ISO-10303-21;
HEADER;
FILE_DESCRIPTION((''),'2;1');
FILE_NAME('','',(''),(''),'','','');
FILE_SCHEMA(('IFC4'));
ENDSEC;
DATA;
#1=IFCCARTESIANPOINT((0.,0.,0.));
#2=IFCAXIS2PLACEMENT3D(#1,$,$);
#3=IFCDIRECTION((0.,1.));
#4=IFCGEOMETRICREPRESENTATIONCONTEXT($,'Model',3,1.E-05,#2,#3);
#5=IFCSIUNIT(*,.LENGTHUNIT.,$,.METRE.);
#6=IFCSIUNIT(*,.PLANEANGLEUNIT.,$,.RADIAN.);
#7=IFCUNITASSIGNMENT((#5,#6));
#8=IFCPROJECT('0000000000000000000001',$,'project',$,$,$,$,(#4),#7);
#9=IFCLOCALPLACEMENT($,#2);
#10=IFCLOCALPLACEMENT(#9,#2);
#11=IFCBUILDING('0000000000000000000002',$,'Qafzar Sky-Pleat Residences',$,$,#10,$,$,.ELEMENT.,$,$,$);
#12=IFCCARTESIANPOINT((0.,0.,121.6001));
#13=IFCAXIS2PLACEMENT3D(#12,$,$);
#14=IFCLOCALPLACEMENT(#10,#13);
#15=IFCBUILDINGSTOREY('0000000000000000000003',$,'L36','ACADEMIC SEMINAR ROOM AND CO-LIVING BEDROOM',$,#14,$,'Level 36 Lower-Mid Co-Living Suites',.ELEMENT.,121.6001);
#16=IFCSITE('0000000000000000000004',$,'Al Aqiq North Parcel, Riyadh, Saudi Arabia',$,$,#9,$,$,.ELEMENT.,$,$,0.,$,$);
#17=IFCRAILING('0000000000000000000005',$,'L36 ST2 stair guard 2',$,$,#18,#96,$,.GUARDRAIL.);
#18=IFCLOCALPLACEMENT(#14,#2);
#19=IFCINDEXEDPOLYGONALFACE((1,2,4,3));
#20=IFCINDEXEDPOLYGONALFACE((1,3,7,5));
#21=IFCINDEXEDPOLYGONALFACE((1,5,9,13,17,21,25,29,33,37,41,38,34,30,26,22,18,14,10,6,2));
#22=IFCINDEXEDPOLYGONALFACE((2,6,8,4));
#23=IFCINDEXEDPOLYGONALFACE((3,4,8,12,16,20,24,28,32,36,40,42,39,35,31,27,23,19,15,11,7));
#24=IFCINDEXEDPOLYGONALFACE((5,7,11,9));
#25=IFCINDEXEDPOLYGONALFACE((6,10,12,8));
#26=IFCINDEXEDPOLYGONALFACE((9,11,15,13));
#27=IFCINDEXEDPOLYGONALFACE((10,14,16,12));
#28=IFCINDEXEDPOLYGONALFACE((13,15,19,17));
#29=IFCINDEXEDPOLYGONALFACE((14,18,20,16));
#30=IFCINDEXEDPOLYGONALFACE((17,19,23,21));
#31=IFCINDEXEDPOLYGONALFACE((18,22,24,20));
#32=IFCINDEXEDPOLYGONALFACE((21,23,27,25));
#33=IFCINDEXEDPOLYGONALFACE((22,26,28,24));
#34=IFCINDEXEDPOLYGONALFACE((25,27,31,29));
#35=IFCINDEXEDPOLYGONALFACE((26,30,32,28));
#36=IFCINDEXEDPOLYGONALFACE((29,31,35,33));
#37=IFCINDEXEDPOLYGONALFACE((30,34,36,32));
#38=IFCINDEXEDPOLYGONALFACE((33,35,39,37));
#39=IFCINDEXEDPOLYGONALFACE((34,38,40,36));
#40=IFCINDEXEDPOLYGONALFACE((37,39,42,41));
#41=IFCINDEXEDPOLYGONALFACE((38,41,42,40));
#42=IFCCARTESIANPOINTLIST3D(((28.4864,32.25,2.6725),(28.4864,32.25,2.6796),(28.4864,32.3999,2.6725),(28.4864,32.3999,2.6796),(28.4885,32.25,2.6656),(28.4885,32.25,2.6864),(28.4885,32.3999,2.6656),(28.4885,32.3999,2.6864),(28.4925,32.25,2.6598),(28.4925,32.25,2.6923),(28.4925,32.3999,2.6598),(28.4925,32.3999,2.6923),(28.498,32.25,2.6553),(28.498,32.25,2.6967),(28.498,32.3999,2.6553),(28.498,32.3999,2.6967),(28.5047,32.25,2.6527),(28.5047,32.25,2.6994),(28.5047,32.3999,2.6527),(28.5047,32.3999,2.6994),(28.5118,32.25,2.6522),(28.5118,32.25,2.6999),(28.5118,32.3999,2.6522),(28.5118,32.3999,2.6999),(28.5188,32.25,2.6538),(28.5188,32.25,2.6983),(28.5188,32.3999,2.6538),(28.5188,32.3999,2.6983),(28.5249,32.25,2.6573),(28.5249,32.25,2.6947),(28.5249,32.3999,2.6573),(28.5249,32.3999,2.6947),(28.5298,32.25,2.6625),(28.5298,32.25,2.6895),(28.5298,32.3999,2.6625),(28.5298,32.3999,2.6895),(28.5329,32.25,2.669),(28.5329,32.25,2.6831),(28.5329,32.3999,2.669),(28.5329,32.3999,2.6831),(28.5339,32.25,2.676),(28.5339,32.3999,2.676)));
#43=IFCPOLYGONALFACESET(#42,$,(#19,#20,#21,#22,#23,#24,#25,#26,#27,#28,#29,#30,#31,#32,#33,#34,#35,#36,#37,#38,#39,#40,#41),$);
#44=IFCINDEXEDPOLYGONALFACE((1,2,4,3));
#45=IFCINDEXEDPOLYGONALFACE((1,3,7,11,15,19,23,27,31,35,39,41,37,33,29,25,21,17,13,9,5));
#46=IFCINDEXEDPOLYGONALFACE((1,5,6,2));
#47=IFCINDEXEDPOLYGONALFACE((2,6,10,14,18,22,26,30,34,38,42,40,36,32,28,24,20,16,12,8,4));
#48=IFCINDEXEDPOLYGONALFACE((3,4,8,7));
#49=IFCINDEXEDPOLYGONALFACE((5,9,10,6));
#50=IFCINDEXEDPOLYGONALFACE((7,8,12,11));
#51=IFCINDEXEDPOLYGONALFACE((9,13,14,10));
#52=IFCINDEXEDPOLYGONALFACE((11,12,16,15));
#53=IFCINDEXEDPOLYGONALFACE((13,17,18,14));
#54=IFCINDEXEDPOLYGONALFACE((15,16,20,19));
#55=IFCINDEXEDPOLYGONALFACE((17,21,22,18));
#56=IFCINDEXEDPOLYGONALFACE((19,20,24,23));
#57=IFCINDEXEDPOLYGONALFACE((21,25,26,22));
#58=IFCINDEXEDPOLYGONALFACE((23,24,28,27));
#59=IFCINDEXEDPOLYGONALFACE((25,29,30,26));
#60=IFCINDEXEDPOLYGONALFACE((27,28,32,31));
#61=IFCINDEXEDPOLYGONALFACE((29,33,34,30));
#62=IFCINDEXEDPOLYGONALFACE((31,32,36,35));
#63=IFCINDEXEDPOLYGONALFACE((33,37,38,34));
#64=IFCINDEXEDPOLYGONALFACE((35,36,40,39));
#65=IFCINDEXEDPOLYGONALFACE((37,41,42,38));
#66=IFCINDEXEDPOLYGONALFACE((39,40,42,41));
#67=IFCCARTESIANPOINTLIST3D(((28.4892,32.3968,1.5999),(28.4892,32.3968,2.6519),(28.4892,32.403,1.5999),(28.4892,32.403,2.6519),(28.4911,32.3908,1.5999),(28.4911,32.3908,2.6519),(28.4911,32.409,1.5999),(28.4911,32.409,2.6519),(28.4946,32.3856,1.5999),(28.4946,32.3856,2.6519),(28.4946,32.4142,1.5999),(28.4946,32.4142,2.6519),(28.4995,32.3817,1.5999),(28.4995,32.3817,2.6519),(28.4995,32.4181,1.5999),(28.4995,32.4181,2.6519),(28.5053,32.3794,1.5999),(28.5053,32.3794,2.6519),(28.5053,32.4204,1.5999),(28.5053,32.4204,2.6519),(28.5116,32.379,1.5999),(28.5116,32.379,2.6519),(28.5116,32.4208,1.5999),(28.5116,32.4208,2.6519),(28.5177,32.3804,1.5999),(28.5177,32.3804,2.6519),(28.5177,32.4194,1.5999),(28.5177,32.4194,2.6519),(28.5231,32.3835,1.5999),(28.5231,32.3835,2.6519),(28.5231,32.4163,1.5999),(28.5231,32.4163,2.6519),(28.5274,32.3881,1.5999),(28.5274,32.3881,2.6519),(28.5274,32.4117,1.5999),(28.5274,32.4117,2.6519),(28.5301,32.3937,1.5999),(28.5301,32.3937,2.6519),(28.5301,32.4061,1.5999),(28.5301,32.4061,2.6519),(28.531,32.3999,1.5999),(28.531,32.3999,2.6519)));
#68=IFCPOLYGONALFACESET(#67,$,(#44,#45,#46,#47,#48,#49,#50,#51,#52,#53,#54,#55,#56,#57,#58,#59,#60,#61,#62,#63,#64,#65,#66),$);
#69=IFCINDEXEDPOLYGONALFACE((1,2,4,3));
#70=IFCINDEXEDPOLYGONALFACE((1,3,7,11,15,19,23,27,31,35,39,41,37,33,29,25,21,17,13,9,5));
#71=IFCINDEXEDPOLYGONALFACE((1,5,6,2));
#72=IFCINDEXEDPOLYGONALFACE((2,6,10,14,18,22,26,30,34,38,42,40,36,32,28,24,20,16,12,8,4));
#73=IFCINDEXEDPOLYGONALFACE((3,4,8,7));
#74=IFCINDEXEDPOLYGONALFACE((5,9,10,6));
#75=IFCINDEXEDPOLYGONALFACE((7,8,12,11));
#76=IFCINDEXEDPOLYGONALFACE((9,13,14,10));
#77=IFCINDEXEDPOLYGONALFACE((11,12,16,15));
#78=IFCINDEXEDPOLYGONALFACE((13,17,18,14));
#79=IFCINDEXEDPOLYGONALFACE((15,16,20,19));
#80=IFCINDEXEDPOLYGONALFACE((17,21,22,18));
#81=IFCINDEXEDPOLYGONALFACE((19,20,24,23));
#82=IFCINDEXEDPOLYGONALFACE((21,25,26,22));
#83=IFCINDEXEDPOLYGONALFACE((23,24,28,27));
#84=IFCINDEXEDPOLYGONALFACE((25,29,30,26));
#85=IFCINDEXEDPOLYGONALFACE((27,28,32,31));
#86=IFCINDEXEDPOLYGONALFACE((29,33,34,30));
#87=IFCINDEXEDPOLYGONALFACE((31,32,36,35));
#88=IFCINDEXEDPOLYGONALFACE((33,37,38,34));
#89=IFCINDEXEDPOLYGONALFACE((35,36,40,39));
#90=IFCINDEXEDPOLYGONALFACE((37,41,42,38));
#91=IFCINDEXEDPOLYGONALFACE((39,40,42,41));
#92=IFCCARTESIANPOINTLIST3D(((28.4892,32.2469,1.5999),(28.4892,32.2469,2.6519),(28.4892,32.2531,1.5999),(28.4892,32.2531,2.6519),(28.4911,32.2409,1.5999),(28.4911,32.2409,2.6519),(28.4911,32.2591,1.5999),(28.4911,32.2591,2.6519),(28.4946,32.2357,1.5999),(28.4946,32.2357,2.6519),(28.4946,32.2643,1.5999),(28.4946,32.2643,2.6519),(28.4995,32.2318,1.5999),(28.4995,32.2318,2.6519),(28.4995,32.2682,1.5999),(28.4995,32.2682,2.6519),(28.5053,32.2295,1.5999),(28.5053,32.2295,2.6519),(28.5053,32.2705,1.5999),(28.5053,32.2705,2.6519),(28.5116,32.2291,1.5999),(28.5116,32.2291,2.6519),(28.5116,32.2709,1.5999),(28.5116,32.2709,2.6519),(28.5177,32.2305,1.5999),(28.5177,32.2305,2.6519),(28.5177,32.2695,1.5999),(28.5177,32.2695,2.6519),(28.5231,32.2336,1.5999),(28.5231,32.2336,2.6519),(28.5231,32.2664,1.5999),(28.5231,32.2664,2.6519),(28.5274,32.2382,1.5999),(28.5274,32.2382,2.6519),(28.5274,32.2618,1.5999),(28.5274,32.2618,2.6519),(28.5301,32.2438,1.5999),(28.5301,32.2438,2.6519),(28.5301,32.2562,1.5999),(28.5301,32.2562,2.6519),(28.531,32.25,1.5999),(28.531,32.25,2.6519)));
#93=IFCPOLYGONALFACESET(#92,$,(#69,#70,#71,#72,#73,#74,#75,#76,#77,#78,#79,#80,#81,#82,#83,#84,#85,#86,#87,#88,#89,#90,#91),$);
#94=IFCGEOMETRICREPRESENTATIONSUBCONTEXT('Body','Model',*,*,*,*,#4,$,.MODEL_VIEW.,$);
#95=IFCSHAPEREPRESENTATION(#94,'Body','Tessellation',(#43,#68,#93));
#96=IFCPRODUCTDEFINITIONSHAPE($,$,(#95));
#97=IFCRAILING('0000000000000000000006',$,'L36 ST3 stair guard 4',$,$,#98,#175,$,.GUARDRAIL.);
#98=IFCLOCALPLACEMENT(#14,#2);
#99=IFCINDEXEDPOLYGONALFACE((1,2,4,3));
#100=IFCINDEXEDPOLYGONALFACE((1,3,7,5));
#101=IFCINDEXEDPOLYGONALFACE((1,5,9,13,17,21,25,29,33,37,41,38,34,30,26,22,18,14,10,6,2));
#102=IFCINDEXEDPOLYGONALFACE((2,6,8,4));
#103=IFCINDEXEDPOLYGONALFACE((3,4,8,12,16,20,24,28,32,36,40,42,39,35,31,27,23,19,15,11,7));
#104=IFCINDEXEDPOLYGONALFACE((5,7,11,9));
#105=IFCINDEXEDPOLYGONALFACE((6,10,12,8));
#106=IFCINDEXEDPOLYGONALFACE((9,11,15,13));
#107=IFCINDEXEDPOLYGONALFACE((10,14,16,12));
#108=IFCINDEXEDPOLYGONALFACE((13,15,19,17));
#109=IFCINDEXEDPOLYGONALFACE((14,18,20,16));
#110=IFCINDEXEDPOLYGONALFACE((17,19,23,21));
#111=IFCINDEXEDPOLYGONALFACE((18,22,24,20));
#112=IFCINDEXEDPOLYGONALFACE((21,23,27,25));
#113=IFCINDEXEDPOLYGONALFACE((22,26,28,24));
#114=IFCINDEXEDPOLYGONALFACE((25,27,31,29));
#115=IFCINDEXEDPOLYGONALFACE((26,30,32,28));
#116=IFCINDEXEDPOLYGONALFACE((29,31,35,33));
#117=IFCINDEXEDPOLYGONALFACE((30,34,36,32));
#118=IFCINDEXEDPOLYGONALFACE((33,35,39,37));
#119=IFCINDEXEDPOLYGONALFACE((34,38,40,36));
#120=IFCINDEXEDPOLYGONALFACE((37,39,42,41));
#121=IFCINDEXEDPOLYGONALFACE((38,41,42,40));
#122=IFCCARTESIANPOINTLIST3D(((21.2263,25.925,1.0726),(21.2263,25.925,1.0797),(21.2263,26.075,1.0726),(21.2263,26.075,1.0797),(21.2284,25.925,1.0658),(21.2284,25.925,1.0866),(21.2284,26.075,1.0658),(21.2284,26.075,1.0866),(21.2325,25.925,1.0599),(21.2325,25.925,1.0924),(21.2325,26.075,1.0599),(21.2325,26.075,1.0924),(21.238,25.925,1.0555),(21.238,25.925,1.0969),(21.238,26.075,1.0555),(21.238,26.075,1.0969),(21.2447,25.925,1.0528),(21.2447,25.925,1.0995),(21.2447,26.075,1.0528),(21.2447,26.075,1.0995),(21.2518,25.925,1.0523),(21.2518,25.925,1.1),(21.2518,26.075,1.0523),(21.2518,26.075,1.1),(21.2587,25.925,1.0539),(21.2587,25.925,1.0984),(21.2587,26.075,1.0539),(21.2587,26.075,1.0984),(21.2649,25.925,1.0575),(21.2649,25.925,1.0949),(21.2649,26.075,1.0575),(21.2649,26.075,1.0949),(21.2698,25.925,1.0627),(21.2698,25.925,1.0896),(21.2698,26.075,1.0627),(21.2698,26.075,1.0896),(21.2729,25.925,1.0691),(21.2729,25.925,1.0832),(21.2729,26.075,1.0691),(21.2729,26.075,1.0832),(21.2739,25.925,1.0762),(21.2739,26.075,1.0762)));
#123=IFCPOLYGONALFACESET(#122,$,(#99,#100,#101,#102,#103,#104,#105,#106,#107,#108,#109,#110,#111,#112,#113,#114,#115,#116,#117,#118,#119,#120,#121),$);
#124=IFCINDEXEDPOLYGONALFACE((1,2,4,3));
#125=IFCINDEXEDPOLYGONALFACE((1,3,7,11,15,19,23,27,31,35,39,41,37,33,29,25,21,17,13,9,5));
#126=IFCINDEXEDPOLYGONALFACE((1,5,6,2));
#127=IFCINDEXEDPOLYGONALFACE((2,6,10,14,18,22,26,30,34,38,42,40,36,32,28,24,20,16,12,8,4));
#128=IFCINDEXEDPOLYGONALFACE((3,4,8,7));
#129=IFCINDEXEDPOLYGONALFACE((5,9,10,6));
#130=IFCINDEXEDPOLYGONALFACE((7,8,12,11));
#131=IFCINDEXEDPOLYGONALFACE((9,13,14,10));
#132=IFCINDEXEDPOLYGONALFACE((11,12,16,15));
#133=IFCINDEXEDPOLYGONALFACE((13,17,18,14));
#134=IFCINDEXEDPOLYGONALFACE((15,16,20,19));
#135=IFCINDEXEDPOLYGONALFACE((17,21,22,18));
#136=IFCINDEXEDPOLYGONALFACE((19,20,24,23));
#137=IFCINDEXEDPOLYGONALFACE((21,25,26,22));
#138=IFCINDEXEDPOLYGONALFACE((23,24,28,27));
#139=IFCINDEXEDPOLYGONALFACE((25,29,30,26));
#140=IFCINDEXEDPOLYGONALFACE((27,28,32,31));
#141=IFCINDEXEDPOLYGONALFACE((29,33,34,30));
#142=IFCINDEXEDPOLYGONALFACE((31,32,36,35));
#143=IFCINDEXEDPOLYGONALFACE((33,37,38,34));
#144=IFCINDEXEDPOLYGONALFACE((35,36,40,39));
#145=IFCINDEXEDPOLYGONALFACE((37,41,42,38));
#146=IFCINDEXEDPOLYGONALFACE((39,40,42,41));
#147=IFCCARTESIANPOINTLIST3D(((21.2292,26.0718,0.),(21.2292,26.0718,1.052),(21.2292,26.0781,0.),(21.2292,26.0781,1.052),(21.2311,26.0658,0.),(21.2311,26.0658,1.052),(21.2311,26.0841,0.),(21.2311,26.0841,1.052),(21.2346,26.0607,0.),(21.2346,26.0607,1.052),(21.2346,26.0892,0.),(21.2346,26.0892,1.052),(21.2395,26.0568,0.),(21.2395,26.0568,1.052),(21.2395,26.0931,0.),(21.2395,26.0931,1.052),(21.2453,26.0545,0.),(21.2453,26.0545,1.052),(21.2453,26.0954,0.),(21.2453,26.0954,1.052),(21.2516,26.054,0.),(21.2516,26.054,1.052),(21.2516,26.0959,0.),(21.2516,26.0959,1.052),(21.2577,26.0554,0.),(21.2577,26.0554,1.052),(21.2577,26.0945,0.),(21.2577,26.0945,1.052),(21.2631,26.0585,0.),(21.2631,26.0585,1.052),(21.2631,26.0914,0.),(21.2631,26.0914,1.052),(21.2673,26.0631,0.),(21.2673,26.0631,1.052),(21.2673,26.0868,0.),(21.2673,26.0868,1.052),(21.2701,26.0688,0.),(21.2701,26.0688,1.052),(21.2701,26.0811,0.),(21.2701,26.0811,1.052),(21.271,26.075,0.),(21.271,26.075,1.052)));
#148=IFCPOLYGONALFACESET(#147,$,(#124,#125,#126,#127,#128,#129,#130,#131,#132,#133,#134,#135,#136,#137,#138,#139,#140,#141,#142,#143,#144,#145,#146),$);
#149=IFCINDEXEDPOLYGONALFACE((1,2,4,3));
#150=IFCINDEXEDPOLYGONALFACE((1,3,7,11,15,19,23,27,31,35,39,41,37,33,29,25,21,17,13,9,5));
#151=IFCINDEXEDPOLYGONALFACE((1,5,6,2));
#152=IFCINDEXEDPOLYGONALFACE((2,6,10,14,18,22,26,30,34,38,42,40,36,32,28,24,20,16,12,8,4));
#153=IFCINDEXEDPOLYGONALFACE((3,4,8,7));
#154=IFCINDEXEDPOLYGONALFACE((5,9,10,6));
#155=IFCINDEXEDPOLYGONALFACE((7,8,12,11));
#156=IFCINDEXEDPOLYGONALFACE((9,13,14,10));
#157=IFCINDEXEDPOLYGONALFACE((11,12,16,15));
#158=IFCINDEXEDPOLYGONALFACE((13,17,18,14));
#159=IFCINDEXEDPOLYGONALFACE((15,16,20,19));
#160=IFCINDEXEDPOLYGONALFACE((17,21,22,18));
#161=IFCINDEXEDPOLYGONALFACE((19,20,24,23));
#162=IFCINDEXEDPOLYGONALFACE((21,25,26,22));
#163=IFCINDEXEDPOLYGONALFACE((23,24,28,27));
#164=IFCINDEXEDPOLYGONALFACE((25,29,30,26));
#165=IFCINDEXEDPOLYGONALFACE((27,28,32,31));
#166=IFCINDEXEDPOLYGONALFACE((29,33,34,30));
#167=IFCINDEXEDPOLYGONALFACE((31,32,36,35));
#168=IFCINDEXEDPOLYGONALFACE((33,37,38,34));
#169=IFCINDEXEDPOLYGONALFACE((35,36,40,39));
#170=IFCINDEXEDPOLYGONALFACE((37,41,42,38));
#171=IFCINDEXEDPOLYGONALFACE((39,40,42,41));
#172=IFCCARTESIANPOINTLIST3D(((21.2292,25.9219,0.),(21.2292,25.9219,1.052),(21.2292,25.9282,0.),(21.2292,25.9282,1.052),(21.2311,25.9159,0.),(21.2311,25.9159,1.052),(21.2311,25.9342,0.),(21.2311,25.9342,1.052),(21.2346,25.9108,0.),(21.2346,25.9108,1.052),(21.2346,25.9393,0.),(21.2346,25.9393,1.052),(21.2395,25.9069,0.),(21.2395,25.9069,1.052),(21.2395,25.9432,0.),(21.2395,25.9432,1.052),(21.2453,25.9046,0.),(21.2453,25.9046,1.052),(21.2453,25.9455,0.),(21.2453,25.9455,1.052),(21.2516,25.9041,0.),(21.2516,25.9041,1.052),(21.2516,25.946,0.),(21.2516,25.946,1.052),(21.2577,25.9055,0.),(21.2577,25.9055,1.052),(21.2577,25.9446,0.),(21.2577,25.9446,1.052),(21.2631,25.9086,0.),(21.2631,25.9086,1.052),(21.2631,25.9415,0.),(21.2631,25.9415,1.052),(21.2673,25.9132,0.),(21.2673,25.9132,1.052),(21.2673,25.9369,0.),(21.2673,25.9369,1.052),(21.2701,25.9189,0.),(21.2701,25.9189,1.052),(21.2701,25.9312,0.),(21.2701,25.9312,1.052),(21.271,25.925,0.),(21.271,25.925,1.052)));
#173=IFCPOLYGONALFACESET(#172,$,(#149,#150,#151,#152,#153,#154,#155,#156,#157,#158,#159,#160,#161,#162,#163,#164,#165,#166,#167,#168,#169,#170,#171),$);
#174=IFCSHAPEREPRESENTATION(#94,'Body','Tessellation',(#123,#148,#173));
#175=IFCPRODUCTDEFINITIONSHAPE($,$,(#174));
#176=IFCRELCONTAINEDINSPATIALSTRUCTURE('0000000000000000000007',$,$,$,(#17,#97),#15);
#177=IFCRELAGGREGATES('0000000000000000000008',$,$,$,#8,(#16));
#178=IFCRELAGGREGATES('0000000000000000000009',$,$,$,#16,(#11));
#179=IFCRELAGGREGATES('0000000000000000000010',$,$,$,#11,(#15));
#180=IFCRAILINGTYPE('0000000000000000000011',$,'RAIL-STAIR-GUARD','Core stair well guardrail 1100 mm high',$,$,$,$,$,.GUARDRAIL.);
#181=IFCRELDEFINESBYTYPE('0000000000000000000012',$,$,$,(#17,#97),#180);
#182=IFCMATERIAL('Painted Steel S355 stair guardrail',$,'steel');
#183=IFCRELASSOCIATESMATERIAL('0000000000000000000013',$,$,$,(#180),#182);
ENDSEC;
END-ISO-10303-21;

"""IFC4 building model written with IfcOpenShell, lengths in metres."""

from ifc_helpers import new_model, si_unit, direction, frame, origin, origin_2d, place, context, subcontext, project, spatial, circle, extrude, source, transform, mapped, material, type_object, element, save


model = new_model("IFC4")

# Units and contexts
model_context = context("Model", 3, precision=1e-05, world=origin(), true_north=direction((0.0, 1.0)))
body_context = subcontext(model_context, "Body", "Model", "MODEL_VIEW")
ifc_project = project(units=[si_unit("LENGTHUNIT", "METRE"), si_unit("PLANEANGLEUNIT", "RADIAN")], contexts=[model_context])

# Site, building, storey
site_placement = place(None, origin())
site = spatial("IfcSite", under=ifc_project, at=site_placement, Name="Al Aqiq North Parcel, Riyadh, Saudi Arabia", CompositionType="ELEMENT", RefElevation=0.0)
building_placement = place(site_placement, origin())
building = spatial("IfcBuilding", under=site, at=building_placement, Name="Qafzar Sky-Pleat Residences", CompositionType="ELEMENT")
storey_placement = place(building_placement, frame((0.0, 0.0, 121.6001)))
storey = spatial("IfcBuildingStorey", under=building, at=storey_placement, Name="L36", Description="ACADEMIC SEMINAR ROOM AND CO-LIVING BEDROOM", LongName="Level 36 Lower-Mid Co-Living Suites", CompositionType="ELEMENT", Elevation=121.6001)

# Railings
ifc_material_1 = material(Name="Painted Steel S355 stair guardrail", Category="steel")
railing_type_1 = type_object("IfcRailingType", Name="RAIL-STAIR-GUARD", Description="Core stair well guardrail 1100 mm high", PredefinedType="GUARDRAIL", material=ifc_material_1)
shared_shape_1 = source(origin(), body_context, "Body", "SweptSolid", [
    extrude(circle(Radius=0.0239, at=origin_2d()), frame((0.0, 0.0, 1.0762), z_axis=(0.0, -1.0, 0.0), x_axis=(1.0, 0.0, 0.0)), (0.0, 0.0, 1.0), 0.1499),
    extrude(circle(Radius=0.021, at=origin_2d()), origin(), (0.0, 0.0, 1.0), 1.052),
    extrude(circle(Radius=0.021, at=origin_2d()), frame((0.0, -0.1499, 0.0)), (0.0, 0.0, 1.0), 1.052),
])
for number, where, name in (
    (1, (28.51, 32.3999, 1.5999), "L36 ST2 stair guard 2"),
    (2, (21.25, 26.075, 0.0), "L36 ST3 stair guard 4"),
):
    element("IfcRailing", number, at=place(storey_placement, frame(where)), inside=storey, type_object=railing_type_1, Name=name, PredefinedType="GUARDRAIL", context=body_context, shape_type="MappedRepresentation", body=[
        mapped(shared_shape_1, transform((0.0, 0.0, 0.0), x_axis=(1.0, 0.0, 0.0), y_axis=(0.0, 1.0, 0.0), z_axis=(0.0, 0.0, 1.0), scale=1.0)),
    ])

save(model, "model.ifc")
